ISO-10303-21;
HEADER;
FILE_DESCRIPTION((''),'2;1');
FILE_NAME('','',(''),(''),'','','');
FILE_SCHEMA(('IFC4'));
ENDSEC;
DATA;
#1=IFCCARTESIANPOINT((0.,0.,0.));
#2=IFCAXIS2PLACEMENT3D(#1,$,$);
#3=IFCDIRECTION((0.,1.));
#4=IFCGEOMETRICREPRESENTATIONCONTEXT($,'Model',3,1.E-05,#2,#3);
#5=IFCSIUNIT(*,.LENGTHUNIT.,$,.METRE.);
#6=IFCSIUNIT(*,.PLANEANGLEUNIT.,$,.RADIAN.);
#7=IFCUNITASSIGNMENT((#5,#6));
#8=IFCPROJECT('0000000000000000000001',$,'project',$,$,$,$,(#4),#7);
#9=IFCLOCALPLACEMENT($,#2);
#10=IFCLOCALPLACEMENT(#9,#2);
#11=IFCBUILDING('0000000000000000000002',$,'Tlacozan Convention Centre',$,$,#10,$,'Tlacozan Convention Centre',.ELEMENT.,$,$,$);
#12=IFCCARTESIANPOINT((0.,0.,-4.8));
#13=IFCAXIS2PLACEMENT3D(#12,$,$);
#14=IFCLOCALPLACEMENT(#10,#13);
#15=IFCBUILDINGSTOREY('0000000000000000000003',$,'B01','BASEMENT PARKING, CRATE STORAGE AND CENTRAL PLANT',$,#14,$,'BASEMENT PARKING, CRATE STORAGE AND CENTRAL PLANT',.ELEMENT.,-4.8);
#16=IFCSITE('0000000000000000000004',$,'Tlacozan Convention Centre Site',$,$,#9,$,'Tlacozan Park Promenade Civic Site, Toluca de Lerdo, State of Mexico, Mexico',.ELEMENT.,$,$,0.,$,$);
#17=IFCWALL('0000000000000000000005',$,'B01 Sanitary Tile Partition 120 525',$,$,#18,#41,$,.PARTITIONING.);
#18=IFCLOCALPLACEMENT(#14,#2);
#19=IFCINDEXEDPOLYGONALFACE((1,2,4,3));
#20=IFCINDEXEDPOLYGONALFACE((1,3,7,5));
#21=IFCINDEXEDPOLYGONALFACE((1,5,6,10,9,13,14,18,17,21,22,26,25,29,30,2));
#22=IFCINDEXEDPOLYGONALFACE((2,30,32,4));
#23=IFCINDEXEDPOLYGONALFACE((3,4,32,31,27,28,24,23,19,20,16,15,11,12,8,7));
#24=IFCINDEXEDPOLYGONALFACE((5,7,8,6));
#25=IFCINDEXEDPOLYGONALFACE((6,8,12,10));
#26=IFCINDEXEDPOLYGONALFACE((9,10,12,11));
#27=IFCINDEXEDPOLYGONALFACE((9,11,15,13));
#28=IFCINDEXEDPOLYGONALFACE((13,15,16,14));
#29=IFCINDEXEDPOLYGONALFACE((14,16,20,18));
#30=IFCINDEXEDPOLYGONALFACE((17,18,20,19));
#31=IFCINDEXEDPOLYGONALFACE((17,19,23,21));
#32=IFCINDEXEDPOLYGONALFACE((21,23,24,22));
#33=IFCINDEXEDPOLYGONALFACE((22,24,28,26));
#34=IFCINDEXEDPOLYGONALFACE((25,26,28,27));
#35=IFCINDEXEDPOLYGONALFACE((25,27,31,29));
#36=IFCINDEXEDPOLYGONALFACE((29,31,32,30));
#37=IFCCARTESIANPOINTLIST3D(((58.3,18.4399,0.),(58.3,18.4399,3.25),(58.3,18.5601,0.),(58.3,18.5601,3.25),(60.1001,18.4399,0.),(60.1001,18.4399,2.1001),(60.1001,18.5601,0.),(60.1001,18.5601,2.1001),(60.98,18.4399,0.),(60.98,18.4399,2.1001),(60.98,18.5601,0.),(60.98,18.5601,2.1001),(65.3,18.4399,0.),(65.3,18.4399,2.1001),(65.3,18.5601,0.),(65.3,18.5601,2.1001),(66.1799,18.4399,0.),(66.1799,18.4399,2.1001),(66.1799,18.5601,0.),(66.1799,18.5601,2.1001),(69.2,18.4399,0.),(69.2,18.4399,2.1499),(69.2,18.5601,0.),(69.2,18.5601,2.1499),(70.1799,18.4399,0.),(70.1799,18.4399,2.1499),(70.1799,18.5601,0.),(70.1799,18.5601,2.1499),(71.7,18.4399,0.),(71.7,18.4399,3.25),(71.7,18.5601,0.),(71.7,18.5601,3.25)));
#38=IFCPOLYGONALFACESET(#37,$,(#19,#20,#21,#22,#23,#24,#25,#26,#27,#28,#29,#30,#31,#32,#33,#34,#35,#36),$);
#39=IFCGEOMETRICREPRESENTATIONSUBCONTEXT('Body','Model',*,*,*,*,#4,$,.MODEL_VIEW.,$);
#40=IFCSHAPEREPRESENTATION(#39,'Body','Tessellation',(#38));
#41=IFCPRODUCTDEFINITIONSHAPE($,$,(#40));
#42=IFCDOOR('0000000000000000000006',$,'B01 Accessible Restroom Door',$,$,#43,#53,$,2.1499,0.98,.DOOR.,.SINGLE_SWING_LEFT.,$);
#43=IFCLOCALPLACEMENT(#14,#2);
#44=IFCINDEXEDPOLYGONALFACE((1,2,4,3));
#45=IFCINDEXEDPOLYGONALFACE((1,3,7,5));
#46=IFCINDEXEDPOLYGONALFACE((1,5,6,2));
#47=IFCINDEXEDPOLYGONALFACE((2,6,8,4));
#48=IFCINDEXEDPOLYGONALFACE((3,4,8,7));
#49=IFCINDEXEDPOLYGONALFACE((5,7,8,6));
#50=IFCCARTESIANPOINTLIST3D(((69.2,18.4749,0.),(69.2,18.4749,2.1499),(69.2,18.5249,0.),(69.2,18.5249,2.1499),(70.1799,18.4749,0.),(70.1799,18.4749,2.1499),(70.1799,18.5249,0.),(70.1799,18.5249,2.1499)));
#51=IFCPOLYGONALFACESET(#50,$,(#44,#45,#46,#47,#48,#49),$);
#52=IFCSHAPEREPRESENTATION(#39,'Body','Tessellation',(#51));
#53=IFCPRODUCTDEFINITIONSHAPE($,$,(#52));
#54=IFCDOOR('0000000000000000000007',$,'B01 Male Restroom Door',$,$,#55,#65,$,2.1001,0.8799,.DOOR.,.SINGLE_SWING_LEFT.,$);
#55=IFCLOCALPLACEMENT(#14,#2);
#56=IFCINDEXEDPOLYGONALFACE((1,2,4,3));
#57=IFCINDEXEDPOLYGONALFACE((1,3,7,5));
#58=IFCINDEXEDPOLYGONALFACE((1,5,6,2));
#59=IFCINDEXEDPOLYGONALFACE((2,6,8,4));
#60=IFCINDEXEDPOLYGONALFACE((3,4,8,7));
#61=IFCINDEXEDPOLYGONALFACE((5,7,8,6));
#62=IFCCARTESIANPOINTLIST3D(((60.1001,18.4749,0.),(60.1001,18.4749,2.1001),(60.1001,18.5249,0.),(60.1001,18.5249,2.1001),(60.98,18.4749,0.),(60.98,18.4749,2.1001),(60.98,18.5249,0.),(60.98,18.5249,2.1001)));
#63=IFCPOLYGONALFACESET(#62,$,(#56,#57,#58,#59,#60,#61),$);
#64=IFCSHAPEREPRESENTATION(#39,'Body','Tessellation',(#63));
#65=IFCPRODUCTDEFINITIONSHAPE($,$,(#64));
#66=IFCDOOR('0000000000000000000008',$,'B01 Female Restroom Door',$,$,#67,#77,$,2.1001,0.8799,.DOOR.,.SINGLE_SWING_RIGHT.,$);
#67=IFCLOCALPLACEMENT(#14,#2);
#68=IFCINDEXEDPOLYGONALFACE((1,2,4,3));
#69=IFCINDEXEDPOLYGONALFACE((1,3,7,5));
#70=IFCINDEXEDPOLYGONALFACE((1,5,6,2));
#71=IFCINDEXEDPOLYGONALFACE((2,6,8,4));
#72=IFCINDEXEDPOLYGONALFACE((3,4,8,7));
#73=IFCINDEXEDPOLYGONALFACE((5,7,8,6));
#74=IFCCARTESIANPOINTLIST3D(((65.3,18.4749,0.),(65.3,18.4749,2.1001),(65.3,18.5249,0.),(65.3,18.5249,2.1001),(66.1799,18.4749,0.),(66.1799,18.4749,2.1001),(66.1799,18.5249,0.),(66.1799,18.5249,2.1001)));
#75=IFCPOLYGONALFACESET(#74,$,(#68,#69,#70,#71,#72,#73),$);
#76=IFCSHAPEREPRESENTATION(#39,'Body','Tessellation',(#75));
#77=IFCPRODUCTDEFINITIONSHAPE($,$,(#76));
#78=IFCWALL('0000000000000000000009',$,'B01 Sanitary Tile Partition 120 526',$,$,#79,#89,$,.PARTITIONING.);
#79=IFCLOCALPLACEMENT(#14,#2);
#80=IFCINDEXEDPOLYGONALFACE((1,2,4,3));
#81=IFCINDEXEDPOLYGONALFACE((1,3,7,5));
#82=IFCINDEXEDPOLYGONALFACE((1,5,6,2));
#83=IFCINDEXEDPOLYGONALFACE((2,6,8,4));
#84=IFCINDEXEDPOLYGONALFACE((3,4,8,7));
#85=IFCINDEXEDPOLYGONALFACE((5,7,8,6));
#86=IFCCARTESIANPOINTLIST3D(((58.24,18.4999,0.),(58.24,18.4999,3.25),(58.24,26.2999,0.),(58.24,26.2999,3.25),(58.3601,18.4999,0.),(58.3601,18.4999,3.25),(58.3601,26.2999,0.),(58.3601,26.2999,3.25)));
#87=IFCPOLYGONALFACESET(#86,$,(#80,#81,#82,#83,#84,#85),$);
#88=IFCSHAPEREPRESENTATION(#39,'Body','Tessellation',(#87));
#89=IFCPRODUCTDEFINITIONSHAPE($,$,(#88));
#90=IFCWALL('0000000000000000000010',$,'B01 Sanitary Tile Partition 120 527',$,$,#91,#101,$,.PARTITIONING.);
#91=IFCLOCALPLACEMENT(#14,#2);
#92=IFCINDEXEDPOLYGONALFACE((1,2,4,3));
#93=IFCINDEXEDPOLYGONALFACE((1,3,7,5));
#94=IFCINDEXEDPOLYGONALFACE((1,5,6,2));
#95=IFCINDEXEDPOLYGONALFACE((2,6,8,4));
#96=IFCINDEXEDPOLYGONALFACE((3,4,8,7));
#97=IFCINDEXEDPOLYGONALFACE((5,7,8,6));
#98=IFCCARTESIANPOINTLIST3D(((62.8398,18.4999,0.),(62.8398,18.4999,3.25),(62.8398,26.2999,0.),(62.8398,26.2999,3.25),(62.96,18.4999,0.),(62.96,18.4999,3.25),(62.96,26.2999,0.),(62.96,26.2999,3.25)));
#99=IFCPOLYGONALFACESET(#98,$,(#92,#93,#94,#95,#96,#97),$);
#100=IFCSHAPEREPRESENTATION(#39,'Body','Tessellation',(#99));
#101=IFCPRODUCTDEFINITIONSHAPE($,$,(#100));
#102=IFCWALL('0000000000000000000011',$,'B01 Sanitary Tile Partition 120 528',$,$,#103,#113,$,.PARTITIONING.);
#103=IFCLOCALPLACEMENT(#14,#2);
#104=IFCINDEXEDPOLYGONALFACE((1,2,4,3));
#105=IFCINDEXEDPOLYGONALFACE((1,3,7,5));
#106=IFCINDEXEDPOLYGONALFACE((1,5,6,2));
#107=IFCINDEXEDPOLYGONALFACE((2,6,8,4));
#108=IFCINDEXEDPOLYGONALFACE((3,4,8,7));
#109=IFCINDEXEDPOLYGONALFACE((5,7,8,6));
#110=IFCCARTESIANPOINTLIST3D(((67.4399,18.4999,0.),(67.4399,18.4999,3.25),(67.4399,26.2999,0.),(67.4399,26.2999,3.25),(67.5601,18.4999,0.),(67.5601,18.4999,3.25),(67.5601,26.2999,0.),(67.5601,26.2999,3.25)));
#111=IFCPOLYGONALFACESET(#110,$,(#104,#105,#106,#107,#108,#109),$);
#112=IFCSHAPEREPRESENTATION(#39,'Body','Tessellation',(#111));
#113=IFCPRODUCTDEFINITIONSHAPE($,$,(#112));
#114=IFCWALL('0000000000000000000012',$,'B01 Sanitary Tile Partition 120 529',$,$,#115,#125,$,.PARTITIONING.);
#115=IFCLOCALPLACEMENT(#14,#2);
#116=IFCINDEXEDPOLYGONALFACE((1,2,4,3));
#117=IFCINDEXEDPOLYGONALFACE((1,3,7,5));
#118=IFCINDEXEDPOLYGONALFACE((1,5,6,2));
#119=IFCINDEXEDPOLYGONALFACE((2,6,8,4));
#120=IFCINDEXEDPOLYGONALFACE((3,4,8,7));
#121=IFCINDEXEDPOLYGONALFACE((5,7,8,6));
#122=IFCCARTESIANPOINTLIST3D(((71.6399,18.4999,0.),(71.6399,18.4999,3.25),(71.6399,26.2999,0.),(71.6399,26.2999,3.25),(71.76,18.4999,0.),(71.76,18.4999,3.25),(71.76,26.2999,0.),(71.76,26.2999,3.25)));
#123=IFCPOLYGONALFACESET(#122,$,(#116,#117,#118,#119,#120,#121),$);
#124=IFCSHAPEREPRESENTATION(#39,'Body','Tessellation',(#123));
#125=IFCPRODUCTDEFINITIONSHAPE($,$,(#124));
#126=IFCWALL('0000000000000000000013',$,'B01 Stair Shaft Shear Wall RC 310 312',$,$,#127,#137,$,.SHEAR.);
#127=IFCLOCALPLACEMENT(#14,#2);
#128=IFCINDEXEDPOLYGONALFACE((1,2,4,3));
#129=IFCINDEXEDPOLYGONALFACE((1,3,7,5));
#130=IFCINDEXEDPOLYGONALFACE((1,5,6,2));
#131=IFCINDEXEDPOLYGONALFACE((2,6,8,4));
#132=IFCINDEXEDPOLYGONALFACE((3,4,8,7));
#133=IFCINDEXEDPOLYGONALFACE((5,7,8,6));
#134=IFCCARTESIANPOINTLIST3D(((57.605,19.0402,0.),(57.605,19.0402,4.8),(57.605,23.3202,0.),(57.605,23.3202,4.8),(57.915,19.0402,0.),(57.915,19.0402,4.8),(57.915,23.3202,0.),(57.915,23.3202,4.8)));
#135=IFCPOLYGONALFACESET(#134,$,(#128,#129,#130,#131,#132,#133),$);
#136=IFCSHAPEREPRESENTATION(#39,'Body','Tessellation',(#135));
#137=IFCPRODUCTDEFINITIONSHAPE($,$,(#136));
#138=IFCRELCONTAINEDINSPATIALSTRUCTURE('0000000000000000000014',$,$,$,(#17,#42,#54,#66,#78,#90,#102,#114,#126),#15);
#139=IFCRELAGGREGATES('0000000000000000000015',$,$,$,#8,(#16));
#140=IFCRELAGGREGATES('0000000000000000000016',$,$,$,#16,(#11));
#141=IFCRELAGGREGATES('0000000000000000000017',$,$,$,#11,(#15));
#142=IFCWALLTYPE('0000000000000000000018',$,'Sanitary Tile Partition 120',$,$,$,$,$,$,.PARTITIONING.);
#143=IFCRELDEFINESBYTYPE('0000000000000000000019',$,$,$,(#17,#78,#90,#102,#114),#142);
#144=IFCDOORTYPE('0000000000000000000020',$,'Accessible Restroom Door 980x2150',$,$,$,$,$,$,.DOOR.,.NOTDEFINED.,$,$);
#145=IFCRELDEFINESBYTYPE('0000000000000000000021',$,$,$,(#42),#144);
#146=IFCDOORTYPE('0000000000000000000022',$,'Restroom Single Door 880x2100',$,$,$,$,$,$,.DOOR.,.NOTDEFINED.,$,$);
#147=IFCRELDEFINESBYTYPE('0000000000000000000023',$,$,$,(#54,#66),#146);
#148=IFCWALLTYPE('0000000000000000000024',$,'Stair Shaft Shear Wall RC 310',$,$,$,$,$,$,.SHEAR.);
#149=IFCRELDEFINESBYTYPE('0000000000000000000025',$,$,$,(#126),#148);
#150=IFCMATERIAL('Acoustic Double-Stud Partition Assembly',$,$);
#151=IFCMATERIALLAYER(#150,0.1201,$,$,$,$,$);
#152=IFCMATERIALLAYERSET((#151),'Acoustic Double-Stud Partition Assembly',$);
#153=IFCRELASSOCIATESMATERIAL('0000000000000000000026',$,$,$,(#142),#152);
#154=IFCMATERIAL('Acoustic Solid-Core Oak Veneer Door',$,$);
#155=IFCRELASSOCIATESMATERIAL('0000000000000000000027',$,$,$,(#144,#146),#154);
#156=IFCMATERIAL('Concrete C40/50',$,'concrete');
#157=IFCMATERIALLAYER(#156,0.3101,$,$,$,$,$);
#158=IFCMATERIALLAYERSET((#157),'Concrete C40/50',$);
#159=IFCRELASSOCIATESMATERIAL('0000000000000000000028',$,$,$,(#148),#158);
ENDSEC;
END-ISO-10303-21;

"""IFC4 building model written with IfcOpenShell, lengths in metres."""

from ifc_helpers import new_model, si_unit, direction, frame, frame_2d, origin, place, context, subcontext, project, spatial, rectangle, extrude, material, layer, layer_set, type_object, element, fill, save


model = new_model("IFC4")

# Units and contexts
model_context = context("Model", 3, precision=1e-05, world=origin(), true_north=direction((0.0, 1.0)))
body_context = subcontext(model_context, "Body", "Model", "MODEL_VIEW")
ifc_project = project(units=[si_unit("LENGTHUNIT", "METRE"), si_unit("PLANEANGLEUNIT", "RADIAN")], contexts=[model_context])

# Site, building, storey
site_placement = place(None, origin())
site = spatial("IfcSite", under=ifc_project, at=site_placement, Name="Tlacozan Convention Centre Site", LongName="Tlacozan Park Promenade Civic Site, Toluca de Lerdo, State of Mexico, Mexico", CompositionType="ELEMENT", RefElevation=0.0)
building_placement = place(site_placement, origin())
building = spatial("IfcBuilding", under=site, at=building_placement, Name="Tlacozan Convention Centre", LongName="Tlacozan Convention Centre", CompositionType="ELEMENT")
storey_placement = place(building_placement, frame((0.0, 0.0, -4.8)))
storey = spatial("IfcBuildingStorey", under=building, at=storey_placement, Name="B01", Description="BASEMENT PARKING, CRATE STORAGE AND CENTRAL PLANT", LongName="BASEMENT PARKING, CRATE STORAGE AND CENTRAL PLANT", CompositionType="ELEMENT", Elevation=-4.8)

# Shared definitions
ifc_material_1 = material(Name="Concrete C40/50", Category="concrete")

# Wall, openings, doors
ifc_material_2 = material(Name="Acoustic Double-Stud Partition Assembly")
ifc_layer_1 = layer(ifc_material_2, 0.1201)
ifc_layer_set_1 = layer_set([ifc_layer_1], Name="Acoustic Double-Stud Partition Assembly")
wall_type_1 = type_object("IfcWallType", Name="Sanitary Tile Partition 120", PredefinedType="PARTITIONING", material=ifc_layer_set_1)
wall_1_placement = place(storey_placement, frame((58.3, 18.5, 0.0), z_axis=(0.0, 0.0, 1.0), x_axis=(1.0, 0.0, 0.0)))
wall_1 = element("IfcWall", 1, at=wall_1_placement, inside=storey, type_object=wall_type_1, Name="B01 Sanitary Tile Partition 120 525", PredefinedType="PARTITIONING", context=body_context, shape_type="SweptSolid", body=[
    extrude(rectangle(XDim=13.3999, YDim=0.1201, at=frame_2d((6.7, 0.0))), origin(), (0.0, 0.0, 1.0), 3.25),
])
opening_1_placement = place(wall_1_placement, frame((1.8, 0.0, 0.0)))
opening_1 = element("IfcOpeningElement", 2, at=opening_1_placement, cuts=wall_1, PredefinedType="OPENING", context=body_context, shape_type="SweptSolid", body=[
    extrude(rectangle(XDim=0.8799, YDim=2.1001, at=frame_2d((0.4399, 1.05))), frame((0.0, 0.0701, 0.0), z_axis=(0.0, -1.0, 0.0), x_axis=(1.0, 0.0, 0.0)), (0.0, 0.0, 1.0), 0.1401),
])
opening_2_placement = place(wall_1_placement, frame((7.0, 0.0, 0.0)))
opening_2 = element("IfcOpeningElement", 3, at=opening_2_placement, cuts=wall_1, PredefinedType="OPENING", context=body_context, shape_type="SweptSolid", body=[
    extrude(rectangle(XDim=0.8799, YDim=2.1001, at=frame_2d((0.4399, 1.05))), frame((0.0, 0.0701, 0.0), z_axis=(0.0, -1.0, 0.0), x_axis=(1.0, 0.0, 0.0)), (0.0, 0.0, 1.0), 0.1401),
])
opening_3_placement = place(wall_1_placement, frame((10.8999, 0.0, 0.0)))
opening_3 = element("IfcOpeningElement", 4, at=opening_3_placement, cuts=wall_1, PredefinedType="OPENING", context=body_context, shape_type="SweptSolid", body=[
    extrude(rectangle(XDim=0.98, YDim=2.1499, at=frame_2d((0.49, 1.075))), frame((0.0, 0.0701, 0.0), z_axis=(0.0, -1.0, 0.0), x_axis=(1.0, 0.0, 0.0)), (0.0, 0.0, 1.0), 0.1401),
])
ifc_material_3 = material(Name="Acoustic Solid-Core Oak Veneer Door")
door_type_1 = type_object("IfcDoorType", Name="Accessible Restroom Door 980x2150", OperationType="NOTDEFINED", PredefinedType="DOOR", material=ifc_material_3)
door_1_placement = place(opening_3_placement, origin())
door_1 = element("IfcDoor", 5, at=door_1_placement, inside=storey, type_object=door_type_1, Name="B01 Accessible Restroom Door", OperationType="SINGLE_SWING_LEFT", OverallHeight=2.1499, OverallWidth=0.98, PredefinedType="DOOR", context=body_context, shape_type="SweptSolid", body=[
    extrude(rectangle(XDim=0.98, YDim=2.1499, at=frame_2d((0.49, 1.075))), frame((0.0, 0.0249, 0.0), z_axis=(0.0, -1.0, 0.0), x_axis=(1.0, 0.0, 0.0)), (0.0, 0.0, 1.0), 0.05),
])
fill(opening_3, door_1)
door_type_2 = type_object("IfcDoorType", Name="Restroom Single Door 880x2100", OperationType="NOTDEFINED", PredefinedType="DOOR", material=ifc_material_3)
door_2_placement = place(opening_1_placement, origin())
door_2 = element("IfcDoor", 6, at=door_2_placement, inside=storey, type_object=door_type_2, Name="B01 Male Restroom Door", OperationType="SINGLE_SWING_LEFT", OverallHeight=2.1001, OverallWidth=0.8799, PredefinedType="DOOR", context=body_context, shape_type="SweptSolid", body=[
    extrude(rectangle(XDim=0.8799, YDim=2.1001, at=frame_2d((0.4399, 1.05))), frame((0.0, 0.0249, 0.0), z_axis=(0.0, -1.0, 0.0), x_axis=(1.0, 0.0, 0.0)), (0.0, 0.0, 1.0), 0.05),
])
fill(opening_1, door_2)
door_3_placement = place(opening_2_placement, origin())
door_3 = element("IfcDoor", 7, at=door_3_placement, inside=storey, type_object=door_type_2, Name="B01 Female Restroom Door", OperationType="SINGLE_SWING_RIGHT", OverallHeight=2.1001, OverallWidth=0.8799, PredefinedType="DOOR", context=body_context, shape_type="SweptSolid", body=[
    extrude(rectangle(XDim=0.8799, YDim=2.1001, at=frame_2d((0.4399, 1.05))), frame((0.0, 0.0249, 0.0), z_axis=(0.0, -1.0, 0.0), x_axis=(1.0, 0.0, 0.0)), (0.0, 0.0, 1.0), 0.05),
])
fill(opening_2, door_3)

# Walls
for number, where, z_axis, x_axis, name in (
    (8, (58.3, 18.5, 0.0), (0.0, 0.0, 1.0), (0.0, 1.0, 0.0), "B01 Sanitary Tile Partition 120 526"),
    (9, (62.8999, 18.5, 0.0), (0.0, 0.0, 1.0), (0.0, 1.0, 0.0), "B01 Sanitary Tile Partition 120 527"),
    (10, (67.5, 18.5, 0.0), (0.0, 0.0, 1.0), (0.0, 1.0, 0.0), "B01 Sanitary Tile Partition 120 528"),
    (11, (71.7, 18.5, 0.0), (0.0, 0.0, 1.0), (0.0, 1.0, 0.0), "B01 Sanitary Tile Partition 120 529"),
):
    element("IfcWall", number, at=place(storey_placement, frame(where, z_axis=z_axis, x_axis=x_axis)), inside=storey, type_object=wall_type_1, Name=name, PredefinedType="PARTITIONING", context=body_context, shape_type="SweptSolid", body=[
        extrude(rectangle(XDim=7.8, YDim=0.1201, at=frame_2d((3.8999, 0.0))), origin(), (0.0, 0.0, 1.0), 3.25),
    ])
ifc_layer_2 = layer(ifc_material_1, 0.3101)
ifc_layer_set_2 = layer_set([ifc_layer_2], Name="Concrete C40/50")
wall_type_2 = type_object("IfcWallType", Name="Stair Shaft Shear Wall RC 310", PredefinedType="SHEAR", material=ifc_layer_set_2)
wall_2_placement = place(storey_placement, frame((57.76, 19.04, 0.0), z_axis=(0.0, 0.0, 1.0), x_axis=(0.0, 1.0, 0.0)))
element("IfcWall", 12, at=wall_2_placement, inside=storey, type_object=wall_type_2, Name="B01 Stair Shaft Shear Wall RC 310 312", PredefinedType="SHEAR", context=body_context, shape_type="SweptSolid", body=[
    extrude(rectangle(XDim=4.28, YDim=0.3101, at=frame_2d((2.1401, 0.0))), origin(), (0.0, 0.0, 1.0), 4.8),
])

save(model, "model.ifc")
